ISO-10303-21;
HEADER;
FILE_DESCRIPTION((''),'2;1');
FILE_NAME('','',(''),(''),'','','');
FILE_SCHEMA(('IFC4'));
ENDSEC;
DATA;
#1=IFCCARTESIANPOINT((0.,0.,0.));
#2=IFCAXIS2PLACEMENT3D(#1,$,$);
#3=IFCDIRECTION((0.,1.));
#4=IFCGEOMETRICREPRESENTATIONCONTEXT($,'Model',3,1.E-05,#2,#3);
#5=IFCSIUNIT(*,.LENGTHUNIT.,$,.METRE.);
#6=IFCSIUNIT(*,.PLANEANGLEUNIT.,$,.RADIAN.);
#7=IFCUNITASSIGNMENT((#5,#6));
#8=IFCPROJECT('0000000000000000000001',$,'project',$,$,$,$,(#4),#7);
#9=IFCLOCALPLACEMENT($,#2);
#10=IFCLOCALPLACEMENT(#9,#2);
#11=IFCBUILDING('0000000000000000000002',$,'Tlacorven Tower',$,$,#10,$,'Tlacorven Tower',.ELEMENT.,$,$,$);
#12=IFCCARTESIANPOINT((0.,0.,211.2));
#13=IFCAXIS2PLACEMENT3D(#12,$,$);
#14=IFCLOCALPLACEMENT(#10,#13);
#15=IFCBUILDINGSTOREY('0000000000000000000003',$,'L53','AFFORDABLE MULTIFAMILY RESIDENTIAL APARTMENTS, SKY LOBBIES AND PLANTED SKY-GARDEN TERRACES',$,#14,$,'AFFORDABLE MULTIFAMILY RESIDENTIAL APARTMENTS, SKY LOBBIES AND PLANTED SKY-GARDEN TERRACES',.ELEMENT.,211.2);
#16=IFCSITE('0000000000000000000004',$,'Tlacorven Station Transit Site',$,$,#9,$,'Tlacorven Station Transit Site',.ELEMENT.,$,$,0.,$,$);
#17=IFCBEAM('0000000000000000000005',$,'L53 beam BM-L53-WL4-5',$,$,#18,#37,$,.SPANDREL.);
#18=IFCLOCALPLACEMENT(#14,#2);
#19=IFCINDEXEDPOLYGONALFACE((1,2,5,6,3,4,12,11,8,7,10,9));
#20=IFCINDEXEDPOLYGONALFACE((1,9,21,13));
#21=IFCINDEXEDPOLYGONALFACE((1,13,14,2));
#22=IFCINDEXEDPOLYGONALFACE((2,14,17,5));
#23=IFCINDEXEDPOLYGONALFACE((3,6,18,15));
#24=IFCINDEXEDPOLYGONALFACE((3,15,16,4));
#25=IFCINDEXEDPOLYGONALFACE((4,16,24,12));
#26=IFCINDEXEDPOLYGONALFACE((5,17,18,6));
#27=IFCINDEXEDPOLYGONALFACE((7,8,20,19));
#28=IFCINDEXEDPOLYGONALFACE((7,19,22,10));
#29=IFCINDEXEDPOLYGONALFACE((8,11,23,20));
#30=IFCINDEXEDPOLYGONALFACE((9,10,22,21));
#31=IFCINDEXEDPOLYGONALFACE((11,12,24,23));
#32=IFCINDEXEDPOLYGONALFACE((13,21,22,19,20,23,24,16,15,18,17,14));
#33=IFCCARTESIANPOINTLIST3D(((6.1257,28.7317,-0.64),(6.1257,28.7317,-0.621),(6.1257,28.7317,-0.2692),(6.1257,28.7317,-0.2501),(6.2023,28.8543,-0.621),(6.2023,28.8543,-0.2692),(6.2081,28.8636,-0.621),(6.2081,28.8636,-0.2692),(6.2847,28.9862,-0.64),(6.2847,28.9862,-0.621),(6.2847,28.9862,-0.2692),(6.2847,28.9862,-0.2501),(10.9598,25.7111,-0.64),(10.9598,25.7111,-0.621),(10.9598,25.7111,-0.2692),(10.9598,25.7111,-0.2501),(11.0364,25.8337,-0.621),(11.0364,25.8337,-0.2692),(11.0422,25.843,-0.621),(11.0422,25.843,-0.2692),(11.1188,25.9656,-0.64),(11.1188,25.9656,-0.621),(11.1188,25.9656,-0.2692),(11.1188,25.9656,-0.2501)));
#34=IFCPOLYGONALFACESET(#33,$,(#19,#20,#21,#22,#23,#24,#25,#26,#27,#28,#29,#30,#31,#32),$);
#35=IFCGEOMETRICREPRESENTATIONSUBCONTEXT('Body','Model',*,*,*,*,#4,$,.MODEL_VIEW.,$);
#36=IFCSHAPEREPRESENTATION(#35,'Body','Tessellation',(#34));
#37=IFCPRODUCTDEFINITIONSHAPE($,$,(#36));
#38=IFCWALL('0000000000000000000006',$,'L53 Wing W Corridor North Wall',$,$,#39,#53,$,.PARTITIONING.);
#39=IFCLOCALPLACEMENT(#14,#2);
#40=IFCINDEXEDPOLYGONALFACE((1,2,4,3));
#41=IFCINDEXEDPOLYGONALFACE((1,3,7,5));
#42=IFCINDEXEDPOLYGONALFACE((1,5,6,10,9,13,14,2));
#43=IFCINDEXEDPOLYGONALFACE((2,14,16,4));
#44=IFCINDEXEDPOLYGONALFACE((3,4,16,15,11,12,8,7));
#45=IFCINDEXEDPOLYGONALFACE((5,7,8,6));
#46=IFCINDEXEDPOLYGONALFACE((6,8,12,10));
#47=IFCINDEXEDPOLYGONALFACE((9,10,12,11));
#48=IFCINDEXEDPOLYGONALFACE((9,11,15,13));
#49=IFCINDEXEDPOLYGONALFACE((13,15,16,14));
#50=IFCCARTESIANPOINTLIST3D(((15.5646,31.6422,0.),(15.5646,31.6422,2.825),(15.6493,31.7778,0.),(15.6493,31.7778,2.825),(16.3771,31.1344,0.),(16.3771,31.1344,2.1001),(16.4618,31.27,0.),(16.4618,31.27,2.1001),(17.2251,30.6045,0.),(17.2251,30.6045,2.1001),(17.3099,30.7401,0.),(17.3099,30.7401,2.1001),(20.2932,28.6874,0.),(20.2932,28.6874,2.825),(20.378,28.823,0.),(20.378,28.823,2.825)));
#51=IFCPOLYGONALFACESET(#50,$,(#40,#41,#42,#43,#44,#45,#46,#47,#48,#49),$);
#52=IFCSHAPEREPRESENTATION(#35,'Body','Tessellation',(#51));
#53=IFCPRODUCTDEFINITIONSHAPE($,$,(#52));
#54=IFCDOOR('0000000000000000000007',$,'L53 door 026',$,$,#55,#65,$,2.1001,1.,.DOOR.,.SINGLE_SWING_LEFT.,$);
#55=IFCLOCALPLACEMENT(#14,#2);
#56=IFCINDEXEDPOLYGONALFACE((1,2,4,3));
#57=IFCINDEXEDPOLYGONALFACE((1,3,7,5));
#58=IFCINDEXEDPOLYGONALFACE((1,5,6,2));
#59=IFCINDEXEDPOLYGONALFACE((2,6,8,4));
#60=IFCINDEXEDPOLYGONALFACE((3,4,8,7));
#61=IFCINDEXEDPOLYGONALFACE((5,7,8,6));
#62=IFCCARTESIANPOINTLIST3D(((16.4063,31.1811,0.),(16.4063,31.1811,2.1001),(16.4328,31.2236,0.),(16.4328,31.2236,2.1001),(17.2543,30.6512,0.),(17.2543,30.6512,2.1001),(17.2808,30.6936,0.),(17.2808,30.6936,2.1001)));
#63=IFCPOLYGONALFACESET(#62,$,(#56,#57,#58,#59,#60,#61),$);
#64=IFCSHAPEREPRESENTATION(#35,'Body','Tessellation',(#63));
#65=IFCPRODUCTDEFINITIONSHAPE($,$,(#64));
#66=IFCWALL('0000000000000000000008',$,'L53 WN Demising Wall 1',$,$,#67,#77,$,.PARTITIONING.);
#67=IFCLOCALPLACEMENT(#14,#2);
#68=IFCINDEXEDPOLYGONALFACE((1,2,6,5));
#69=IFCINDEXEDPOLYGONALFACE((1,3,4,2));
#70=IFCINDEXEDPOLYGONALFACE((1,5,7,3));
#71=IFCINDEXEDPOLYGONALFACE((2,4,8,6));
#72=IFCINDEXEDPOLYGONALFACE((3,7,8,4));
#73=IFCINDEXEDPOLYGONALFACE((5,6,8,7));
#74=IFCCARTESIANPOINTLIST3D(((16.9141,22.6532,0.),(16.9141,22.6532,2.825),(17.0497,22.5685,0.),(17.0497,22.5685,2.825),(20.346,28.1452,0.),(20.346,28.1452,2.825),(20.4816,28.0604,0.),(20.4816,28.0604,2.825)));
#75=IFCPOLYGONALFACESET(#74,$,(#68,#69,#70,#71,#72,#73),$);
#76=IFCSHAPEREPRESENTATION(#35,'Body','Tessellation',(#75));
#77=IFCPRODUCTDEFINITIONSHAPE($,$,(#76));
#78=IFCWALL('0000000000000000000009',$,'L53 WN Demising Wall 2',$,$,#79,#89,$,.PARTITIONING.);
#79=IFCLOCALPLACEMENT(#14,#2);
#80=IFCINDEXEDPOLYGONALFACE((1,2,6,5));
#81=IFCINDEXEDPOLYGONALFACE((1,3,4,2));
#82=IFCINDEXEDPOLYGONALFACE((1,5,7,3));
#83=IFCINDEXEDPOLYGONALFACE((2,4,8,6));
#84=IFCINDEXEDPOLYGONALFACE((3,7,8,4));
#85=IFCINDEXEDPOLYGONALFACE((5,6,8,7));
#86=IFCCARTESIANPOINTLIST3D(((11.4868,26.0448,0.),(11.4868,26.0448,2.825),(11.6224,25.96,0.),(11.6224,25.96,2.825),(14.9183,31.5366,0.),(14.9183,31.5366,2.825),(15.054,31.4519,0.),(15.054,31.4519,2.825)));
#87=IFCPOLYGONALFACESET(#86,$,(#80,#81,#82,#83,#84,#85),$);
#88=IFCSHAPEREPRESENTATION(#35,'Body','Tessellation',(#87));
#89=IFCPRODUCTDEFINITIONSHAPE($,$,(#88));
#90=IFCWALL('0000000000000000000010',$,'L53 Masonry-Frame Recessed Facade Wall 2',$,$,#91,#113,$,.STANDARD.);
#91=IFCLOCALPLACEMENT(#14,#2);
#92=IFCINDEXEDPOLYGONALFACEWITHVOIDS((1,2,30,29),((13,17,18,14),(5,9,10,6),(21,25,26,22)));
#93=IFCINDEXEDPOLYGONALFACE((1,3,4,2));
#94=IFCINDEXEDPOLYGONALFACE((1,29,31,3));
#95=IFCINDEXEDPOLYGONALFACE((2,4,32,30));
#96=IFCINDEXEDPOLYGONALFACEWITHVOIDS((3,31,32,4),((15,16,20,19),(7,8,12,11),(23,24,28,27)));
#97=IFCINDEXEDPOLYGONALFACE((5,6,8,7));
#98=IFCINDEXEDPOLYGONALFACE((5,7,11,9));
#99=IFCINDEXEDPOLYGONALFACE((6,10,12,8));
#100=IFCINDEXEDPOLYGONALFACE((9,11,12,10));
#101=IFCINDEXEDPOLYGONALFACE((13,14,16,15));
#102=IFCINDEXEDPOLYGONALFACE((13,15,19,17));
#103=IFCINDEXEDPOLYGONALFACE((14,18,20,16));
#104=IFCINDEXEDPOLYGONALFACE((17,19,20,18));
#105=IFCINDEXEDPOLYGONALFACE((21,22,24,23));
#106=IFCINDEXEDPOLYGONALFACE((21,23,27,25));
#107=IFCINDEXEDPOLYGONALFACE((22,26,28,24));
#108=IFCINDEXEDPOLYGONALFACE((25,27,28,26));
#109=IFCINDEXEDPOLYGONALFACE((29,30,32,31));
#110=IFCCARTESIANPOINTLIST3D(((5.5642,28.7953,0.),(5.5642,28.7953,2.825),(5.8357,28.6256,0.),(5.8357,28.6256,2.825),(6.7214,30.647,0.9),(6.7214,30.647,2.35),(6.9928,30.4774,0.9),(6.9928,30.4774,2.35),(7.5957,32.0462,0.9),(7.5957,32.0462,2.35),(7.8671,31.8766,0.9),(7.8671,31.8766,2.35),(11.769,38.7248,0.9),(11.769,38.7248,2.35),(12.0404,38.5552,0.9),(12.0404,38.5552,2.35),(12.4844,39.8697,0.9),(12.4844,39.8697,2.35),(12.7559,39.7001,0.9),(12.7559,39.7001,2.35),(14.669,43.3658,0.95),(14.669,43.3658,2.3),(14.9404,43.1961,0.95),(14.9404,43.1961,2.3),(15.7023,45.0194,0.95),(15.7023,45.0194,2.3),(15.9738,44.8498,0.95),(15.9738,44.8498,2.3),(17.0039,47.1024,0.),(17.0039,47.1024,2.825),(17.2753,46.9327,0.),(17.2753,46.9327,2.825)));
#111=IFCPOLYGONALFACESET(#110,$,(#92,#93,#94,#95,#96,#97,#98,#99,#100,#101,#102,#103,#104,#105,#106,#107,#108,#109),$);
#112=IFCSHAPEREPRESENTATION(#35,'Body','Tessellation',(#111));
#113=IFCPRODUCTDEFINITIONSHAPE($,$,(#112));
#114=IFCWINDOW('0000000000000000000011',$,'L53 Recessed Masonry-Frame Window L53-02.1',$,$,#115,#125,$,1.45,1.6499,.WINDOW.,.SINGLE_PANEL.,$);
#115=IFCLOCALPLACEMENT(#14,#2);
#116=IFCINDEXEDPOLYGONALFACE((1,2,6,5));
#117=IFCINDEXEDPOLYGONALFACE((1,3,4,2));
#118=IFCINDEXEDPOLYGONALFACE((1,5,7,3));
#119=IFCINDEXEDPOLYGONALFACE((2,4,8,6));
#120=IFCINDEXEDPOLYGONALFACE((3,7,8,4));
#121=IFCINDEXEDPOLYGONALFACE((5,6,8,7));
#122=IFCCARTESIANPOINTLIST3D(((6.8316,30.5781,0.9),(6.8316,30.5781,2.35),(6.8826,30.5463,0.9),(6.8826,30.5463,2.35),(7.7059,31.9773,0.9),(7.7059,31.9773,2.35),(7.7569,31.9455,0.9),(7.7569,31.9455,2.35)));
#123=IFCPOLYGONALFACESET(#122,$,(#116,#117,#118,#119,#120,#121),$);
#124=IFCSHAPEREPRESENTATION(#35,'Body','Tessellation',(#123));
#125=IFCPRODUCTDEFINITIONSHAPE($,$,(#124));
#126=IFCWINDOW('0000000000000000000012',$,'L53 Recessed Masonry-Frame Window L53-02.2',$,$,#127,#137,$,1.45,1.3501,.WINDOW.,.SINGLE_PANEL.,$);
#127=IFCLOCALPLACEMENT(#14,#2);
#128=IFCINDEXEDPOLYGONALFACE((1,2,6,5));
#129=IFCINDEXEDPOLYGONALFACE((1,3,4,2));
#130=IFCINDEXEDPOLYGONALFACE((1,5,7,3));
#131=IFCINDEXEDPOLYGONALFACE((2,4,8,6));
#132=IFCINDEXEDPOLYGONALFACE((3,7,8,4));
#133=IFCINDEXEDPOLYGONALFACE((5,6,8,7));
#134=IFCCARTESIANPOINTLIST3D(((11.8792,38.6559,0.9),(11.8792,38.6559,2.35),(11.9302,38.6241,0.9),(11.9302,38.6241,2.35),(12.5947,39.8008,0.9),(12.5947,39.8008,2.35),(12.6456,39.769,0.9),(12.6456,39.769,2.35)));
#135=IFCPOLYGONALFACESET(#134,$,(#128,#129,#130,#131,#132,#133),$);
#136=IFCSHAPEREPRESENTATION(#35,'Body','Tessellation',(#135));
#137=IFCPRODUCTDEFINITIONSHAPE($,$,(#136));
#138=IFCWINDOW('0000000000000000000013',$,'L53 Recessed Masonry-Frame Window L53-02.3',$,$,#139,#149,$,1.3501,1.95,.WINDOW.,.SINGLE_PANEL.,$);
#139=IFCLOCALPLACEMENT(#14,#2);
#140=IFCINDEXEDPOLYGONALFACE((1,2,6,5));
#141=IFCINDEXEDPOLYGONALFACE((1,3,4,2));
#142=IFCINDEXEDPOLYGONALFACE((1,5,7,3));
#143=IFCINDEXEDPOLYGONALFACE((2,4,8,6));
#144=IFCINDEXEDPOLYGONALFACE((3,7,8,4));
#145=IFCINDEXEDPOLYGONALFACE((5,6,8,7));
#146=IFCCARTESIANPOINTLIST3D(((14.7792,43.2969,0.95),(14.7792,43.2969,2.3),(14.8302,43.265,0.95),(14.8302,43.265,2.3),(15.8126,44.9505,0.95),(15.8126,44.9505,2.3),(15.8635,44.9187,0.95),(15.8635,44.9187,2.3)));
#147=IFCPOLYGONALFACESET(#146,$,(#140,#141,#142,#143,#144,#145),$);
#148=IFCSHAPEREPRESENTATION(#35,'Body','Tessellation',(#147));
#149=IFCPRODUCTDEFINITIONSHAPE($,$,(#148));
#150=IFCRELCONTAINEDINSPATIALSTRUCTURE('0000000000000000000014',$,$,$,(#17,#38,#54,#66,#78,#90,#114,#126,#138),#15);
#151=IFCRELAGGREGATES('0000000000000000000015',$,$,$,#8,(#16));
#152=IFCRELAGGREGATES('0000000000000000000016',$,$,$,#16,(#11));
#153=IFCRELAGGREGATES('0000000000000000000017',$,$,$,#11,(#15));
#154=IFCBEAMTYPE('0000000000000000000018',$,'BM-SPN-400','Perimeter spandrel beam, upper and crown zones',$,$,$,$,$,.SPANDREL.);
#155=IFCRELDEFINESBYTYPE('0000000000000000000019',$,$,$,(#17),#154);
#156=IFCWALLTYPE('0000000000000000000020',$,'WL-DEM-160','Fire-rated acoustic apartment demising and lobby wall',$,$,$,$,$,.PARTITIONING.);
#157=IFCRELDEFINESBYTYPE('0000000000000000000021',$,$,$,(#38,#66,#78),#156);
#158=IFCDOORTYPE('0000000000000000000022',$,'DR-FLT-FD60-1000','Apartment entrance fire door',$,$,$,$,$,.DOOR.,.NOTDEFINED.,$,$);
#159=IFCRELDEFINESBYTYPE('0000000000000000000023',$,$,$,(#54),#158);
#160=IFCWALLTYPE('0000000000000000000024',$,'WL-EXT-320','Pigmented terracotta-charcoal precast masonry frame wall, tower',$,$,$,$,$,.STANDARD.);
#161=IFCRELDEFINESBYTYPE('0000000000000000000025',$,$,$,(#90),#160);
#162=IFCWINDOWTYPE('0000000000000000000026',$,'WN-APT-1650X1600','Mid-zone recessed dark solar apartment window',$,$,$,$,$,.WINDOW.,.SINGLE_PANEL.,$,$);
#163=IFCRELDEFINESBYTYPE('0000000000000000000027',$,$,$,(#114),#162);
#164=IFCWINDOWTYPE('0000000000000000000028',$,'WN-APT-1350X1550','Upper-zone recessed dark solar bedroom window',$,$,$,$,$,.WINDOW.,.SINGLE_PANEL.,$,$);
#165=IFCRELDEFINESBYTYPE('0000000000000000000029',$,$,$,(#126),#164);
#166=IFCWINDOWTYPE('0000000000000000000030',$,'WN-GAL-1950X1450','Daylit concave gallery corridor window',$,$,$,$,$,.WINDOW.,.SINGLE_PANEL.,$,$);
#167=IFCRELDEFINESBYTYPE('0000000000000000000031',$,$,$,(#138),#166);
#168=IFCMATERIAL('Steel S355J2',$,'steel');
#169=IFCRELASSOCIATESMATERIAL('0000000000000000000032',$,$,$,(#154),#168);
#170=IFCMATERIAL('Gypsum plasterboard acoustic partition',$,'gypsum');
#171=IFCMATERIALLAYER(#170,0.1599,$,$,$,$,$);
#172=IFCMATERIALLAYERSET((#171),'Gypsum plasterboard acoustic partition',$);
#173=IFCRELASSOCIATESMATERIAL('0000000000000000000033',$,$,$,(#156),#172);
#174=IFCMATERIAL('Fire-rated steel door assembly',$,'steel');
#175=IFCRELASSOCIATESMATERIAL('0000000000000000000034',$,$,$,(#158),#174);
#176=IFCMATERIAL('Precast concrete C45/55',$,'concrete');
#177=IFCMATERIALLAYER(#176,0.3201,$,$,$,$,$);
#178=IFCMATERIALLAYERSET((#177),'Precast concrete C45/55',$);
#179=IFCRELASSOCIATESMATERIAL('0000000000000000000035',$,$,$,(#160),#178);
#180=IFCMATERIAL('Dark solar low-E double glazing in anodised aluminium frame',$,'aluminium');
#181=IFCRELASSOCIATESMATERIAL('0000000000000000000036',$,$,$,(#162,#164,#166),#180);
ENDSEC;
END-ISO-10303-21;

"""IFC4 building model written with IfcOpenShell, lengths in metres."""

from ifc_helpers import new_model, si_unit, direction, frame, frame_2d, origin, origin_2d, place, context, subcontext, project, spatial, rectangle, i_section, extrude, source, transform, mapped, material, layer, layer_set, material_profile, profile_set, type_object, element, fill, save


model = new_model("IFC4")

# Units and contexts
model_context = context("Model", 3, precision=1e-05, world=origin(), true_north=direction((0.0, 1.0)))
body_context = subcontext(model_context, "Body", "Model", "MODEL_VIEW")
ifc_project = project(units=[si_unit("LENGTHUNIT", "METRE"), si_unit("PLANEANGLEUNIT", "RADIAN")], contexts=[model_context])

# Site, building, storey
site_placement = place(None, origin())
site = spatial("IfcSite", under=ifc_project, at=site_placement, Name="Tlacorven Station Transit Site", LongName="Tlacorven Station Transit Site", CompositionType="ELEMENT", RefElevation=0.0)
building_placement = place(site_placement, origin())
building = spatial("IfcBuilding", under=site, at=building_placement, Name="Tlacorven Tower", LongName="Tlacorven Tower", CompositionType="ELEMENT")
storey_placement = place(building_placement, frame((0.0, 0.0, 211.2)))
storey = spatial("IfcBuildingStorey", under=building, at=storey_placement, Name="L53", Description="AFFORDABLE MULTIFAMILY RESIDENTIAL APARTMENTS, SKY LOBBIES AND PLANTED SKY-GARDEN TERRACES", LongName="AFFORDABLE MULTIFAMILY RESIDENTIAL APARTMENTS, SKY LOBBIES AND PLANTED SKY-GARDEN TERRACES", CompositionType="ELEMENT", Elevation=211.2)

# Beam
ifc_material_1 = material(Name="Steel S355J2", Category="steel")
ifc_material_profile_1 = material_profile(ifc_material_1, i_section(OverallWidth=0.3, OverallDepth=0.3899, WebThickness=0.011, FlangeThickness=0.019, at=origin_2d()), Name="HEA 400")
ifc_profile_set_1 = profile_set([ifc_material_profile_1], Name="Steel S355J2")
beam_type_1 = type_object("IfcBeamType", Name="BM-SPN-400", Description="Perimeter spandrel beam, upper and crown zones", PredefinedType="SPANDREL", material=ifc_profile_set_1)
shared_shape_1 = source(origin(), body_context, "Body", "SweptSolid", [
    extrude(i_section(OverallWidth=0.3, OverallDepth=0.3899, WebThickness=0.011, FlangeThickness=0.019, at=origin_2d()), origin(), (0.0, 0.0, 1.0), 5.7002),
])
beam_1_placement = place(storey_placement, frame((11.0393, 25.8384, -0.4451), z_axis=(-0.848056, 0.529907, 0.0), x_axis=(-0.529907, -0.848056, 0.0)))
element("IfcBeam", 1, at=beam_1_placement, inside=storey, type_object=beam_type_1, Name="L53 beam BM-L53-WL4-5", PredefinedType="SPANDREL", context=body_context, shape_type="MappedRepresentation", body=[
    mapped(shared_shape_1, transform((0.0, 0.0, 0.0), scale=1.0)),
])

# Wall, opening, door
ifc_material_2 = material(Name="Gypsum plasterboard acoustic partition", Category="gypsum")
ifc_layer_1 = layer(ifc_material_2, 0.1599)
ifc_layer_set_1 = layer_set([ifc_layer_1], Name="Gypsum plasterboard acoustic partition")
wall_type_1 = type_object("IfcWallType", Name="WL-DEM-160", Description="Fire-rated acoustic apartment demising and lobby wall", PredefinedType="PARTITIONING", material=ifc_layer_set_1)
wall_1_placement = place(storey_placement, frame((20.3357, 28.7551, 0.0), z_axis=(0.0, 0.0, 1.0), x_axis=(-0.84805, 0.529916, 0.0)))
wall_1 = element("IfcWall", 2, at=wall_1_placement, inside=storey, type_object=wall_type_1, Name="L53 Wing W Corridor North Wall", PredefinedType="PARTITIONING", context=body_context, shape_type="SweptSolid", body=[
    extrude(rectangle(XDim=5.5759, YDim=0.1599, at=frame_2d((2.7881, 0.0))), origin(), (0.0, 0.0, 1.0), 2.825),
])
opening_1_placement = place(wall_1_placement, frame((3.6179, 0.0, 0.0)))
opening_1 = element("IfcOpeningElement", 3, at=opening_1_placement, cuts=wall_1, PredefinedType="OPENING", context=body_context, shape_type="SweptSolid", body=[
    extrude(rectangle(XDim=1.0, YDim=2.1001, at=frame_2d((0.5, 1.05))), frame((0.0, 0.0898, 0.0), z_axis=(0.0, -1.0, 0.0), x_axis=(1.0, 0.0, 0.0)), (0.0, 0.0, 1.0), 0.1799),
])
ifc_material_3 = material(Name="Fire-rated steel door assembly", Category="steel")
door_type_1 = type_object("IfcDoorType", Name="DR-FLT-FD60-1000", Description="Apartment entrance fire door", OperationType="NOTDEFINED", PredefinedType="DOOR", material=ifc_material_3)
shared_shape_2 = source(origin(), body_context, "Body", "SweptSolid", [
    extrude(rectangle(XDim=1.0, YDim=2.1001, at=frame_2d((0.5, 1.05))), frame((0.0, 0.0249, 0.0), z_axis=(0.0, -1.0, 0.0), x_axis=(1.0, 0.0, 0.0)), (0.0, 0.0, 1.0), 0.05),
])
door_1_placement = place(opening_1_placement, origin())
door_1 = element("IfcDoor", 4, at=door_1_placement, inside=storey, type_object=door_type_1, Name="L53 door 026", OperationType="SINGLE_SWING_LEFT", OverallHeight=2.1001, OverallWidth=1.0, PredefinedType="DOOR", context=body_context, shape_type="MappedRepresentation", body=[
    mapped(shared_shape_2, transform((0.0, 0.0, 0.0), scale=1.0)),
])
fill(opening_1, door_1)

# Walls
wall_2_placement = place(storey_placement, frame((20.4138, 28.1028, 0.0), z_axis=(0.0, 0.0, 1.0), x_axis=(-0.529935, -0.848039, 0.0)))
element("IfcWall", 5, at=wall_2_placement, inside=storey, type_object=wall_type_1, Name="L53 WN Demising Wall 1", PredefinedType="PARTITIONING", context=body_context, shape_type="SweptSolid", body=[
    extrude(rectangle(XDim=6.4761, YDim=0.1599, at=frame_2d((3.238, 0.0))), origin(), (0.0, 0.0, 1.0), 2.825),
])
wall_3_placement = place(storey_placement, frame((14.9861, 31.4941, 0.0), z_axis=(0.0, 0.0, 1.0), x_axis=(-0.529907, -0.848055, 0.0)))
element("IfcWall", 6, at=wall_3_placement, inside=storey, type_object=wall_type_1, Name="L53 WN Demising Wall 2", PredefinedType="PARTITIONING", context=body_context, shape_type="SweptSolid", body=[
    extrude(rectangle(XDim=6.4758, YDim=0.1599, at=frame_2d((3.2378, 0.0))), origin(), (0.0, 0.0, 1.0), 2.825),
])

# Wall, openings, windows
ifc_material_4 = material(Name="Precast concrete C45/55", Category="concrete")
ifc_layer_2 = layer(ifc_material_4, 0.3201)
ifc_layer_set_2 = layer_set([ifc_layer_2], Name="Precast concrete C45/55")
wall_type_2 = type_object("IfcWallType", Name="WL-EXT-320", Description="Pigmented terracotta-charcoal precast masonry frame wall, tower", PredefinedType="STANDARD", material=ifc_layer_set_2)
wall_4_placement = place(storey_placement, frame((5.7, 28.7104, 0.0), z_axis=(0.0, 0.0, 1.0), x_axis=(0.529924, 0.848045, 0.0)))
wall_4 = element("IfcWall", 7, at=wall_4_placement, inside=storey, type_object=wall_type_2, Name="L53 Masonry-Frame Recessed Facade Wall 2", PredefinedType="STANDARD", context=body_context, shape_type="SweptSolid", body=[
    extrude(rectangle(XDim=21.5874, YDim=0.3201, at=frame_2d((10.7937, 0.0))), origin(), (0.0, 0.0, 1.0), 2.825),
])
opening_2_placement = place(wall_4_placement, frame((2.1836, 0.0, 0.8999)))
opening_2 = element("IfcOpeningElement", 8, at=opening_2_placement, cuts=wall_4, PredefinedType="OPENING", context=body_context, shape_type="SweptSolid", body=[
    extrude(rectangle(XDim=1.6499, YDim=1.45, at=frame_2d((0.825, 0.7251))), frame((0.0, 0.1699, 0.0), z_axis=(0.0, -1.0, 0.0), x_axis=(1.0, 0.0, 0.0)), (0.0, 0.0, 1.0), 0.3401),
])
opening_3_placement = place(wall_4_placement, frame((11.7087, 0.0, 0.8999)))
opening_3 = element("IfcOpeningElement", 9, at=opening_3_placement, cuts=wall_4, PredefinedType="OPENING", context=body_context, shape_type="SweptSolid", body=[
    extrude(rectangle(XDim=1.3501, YDim=1.45, at=frame_2d((0.675, 0.7251))), frame((0.0, 0.1699, 0.0), z_axis=(0.0, -1.0, 0.0), x_axis=(1.0, 0.0, 0.0)), (0.0, 0.0, 1.0), 0.3401),
])
opening_4_placement = place(wall_4_placement, frame((17.1812, 0.0, 0.95)))
opening_4 = element("IfcOpeningElement", 10, at=opening_4_placement, cuts=wall_4, PredefinedType="OPENING", context=body_context, shape_type="SweptSolid", body=[
    extrude(rectangle(XDim=1.95, YDim=1.3501, at=frame_2d((0.9751, 0.675))), frame((0.0, 0.1699, 0.0), z_axis=(0.0, -1.0, 0.0), x_axis=(1.0, 0.0, 0.0)), (0.0, 0.0, 1.0), 0.3401),
])
ifc_material_5 = material(Name="Dark solar low-E double glazing in anodised aluminium frame", Category="aluminium")
window_type_1 = type_object("IfcWindowType", Name="WN-APT-1650X1600", Description="Mid-zone recessed dark solar apartment window", PartitioningType="SINGLE_PANEL", PredefinedType="WINDOW", material=ifc_material_5)
shared_shape_3 = source(origin(), body_context, "Body", "SweptSolid", [
    extrude(rectangle(XDim=1.6499, YDim=1.45, at=frame_2d((0.825, 0.7251))), frame((0.0, 0.03, 0.0), z_axis=(0.0, -1.0, 0.0), x_axis=(1.0, 0.0, 0.0)), (0.0, 0.0, 1.0), 0.0601),
])
window_1_placement = place(opening_2_placement, origin())
window_1 = element("IfcWindow", 11, at=window_1_placement, inside=storey, type_object=window_type_1, Name="L53 Recessed Masonry-Frame Window L53-02.1", OverallHeight=1.45, OverallWidth=1.6499, PartitioningType="SINGLE_PANEL", PredefinedType="WINDOW", context=body_context, shape_type="MappedRepresentation", body=[
    mapped(shared_shape_3, transform((0.0, 0.0, 0.0), scale=1.0)),
])
fill(opening_2, window_1)
window_type_2 = type_object("IfcWindowType", Name="WN-APT-1350X1550", Description="Upper-zone recessed dark solar bedroom window", PartitioningType="SINGLE_PANEL", PredefinedType="WINDOW", material=ifc_material_5)
shared_shape_4 = source(origin(), body_context, "Body", "SweptSolid", [
    extrude(rectangle(XDim=1.3501, YDim=1.45, at=frame_2d((0.675, 0.7251))), frame((0.0, 0.03, 0.0), z_axis=(0.0, -1.0, 0.0), x_axis=(1.0, 0.0, 0.0)), (0.0, 0.0, 1.0), 0.0601),
])
window_2_placement = place(opening_3_placement, origin())
window_2 = element("IfcWindow", 12, at=window_2_placement, inside=storey, type_object=window_type_2, Name="L53 Recessed Masonry-Frame Window L53-02.2", OverallHeight=1.45, OverallWidth=1.3501, PartitioningType="SINGLE_PANEL", PredefinedType="WINDOW", context=body_context, shape_type="MappedRepresentation", body=[
    mapped(shared_shape_4, transform((0.0, 0.0, 0.0), scale=1.0)),
])
fill(opening_3, window_2)
window_type_3 = type_object("IfcWindowType", Name="WN-GAL-1950X1450", Description="Daylit concave gallery corridor window", PartitioningType="SINGLE_PANEL", PredefinedType="WINDOW", material=ifc_material_5)
shared_shape_5 = source(origin(), body_context, "Body", "SweptSolid", [
    extrude(rectangle(XDim=1.95, YDim=1.3501, at=frame_2d((0.9751, 0.675))), frame((0.0, 0.03, 0.0), z_axis=(0.0, -1.0, 0.0), x_axis=(1.0, 0.0, 0.0)), (0.0, 0.0, 1.0), 0.0601),
])
window_3_placement = place(opening_4_placement, origin())
window_3 = element("IfcWindow", 13, at=window_3_placement, inside=storey, type_object=window_type_3, Name="L53 Recessed Masonry-Frame Window L53-02.3", OverallHeight=1.3501, OverallWidth=1.95, PartitioningType="SINGLE_PANEL", PredefinedType="WINDOW", context=body_context, shape_type="MappedRepresentation", body=[
    mapped(shared_shape_5, transform((0.0, 0.0, 0.0), scale=1.0)),
])
fill(opening_4, window_3)

save(model, "model.ifc")
